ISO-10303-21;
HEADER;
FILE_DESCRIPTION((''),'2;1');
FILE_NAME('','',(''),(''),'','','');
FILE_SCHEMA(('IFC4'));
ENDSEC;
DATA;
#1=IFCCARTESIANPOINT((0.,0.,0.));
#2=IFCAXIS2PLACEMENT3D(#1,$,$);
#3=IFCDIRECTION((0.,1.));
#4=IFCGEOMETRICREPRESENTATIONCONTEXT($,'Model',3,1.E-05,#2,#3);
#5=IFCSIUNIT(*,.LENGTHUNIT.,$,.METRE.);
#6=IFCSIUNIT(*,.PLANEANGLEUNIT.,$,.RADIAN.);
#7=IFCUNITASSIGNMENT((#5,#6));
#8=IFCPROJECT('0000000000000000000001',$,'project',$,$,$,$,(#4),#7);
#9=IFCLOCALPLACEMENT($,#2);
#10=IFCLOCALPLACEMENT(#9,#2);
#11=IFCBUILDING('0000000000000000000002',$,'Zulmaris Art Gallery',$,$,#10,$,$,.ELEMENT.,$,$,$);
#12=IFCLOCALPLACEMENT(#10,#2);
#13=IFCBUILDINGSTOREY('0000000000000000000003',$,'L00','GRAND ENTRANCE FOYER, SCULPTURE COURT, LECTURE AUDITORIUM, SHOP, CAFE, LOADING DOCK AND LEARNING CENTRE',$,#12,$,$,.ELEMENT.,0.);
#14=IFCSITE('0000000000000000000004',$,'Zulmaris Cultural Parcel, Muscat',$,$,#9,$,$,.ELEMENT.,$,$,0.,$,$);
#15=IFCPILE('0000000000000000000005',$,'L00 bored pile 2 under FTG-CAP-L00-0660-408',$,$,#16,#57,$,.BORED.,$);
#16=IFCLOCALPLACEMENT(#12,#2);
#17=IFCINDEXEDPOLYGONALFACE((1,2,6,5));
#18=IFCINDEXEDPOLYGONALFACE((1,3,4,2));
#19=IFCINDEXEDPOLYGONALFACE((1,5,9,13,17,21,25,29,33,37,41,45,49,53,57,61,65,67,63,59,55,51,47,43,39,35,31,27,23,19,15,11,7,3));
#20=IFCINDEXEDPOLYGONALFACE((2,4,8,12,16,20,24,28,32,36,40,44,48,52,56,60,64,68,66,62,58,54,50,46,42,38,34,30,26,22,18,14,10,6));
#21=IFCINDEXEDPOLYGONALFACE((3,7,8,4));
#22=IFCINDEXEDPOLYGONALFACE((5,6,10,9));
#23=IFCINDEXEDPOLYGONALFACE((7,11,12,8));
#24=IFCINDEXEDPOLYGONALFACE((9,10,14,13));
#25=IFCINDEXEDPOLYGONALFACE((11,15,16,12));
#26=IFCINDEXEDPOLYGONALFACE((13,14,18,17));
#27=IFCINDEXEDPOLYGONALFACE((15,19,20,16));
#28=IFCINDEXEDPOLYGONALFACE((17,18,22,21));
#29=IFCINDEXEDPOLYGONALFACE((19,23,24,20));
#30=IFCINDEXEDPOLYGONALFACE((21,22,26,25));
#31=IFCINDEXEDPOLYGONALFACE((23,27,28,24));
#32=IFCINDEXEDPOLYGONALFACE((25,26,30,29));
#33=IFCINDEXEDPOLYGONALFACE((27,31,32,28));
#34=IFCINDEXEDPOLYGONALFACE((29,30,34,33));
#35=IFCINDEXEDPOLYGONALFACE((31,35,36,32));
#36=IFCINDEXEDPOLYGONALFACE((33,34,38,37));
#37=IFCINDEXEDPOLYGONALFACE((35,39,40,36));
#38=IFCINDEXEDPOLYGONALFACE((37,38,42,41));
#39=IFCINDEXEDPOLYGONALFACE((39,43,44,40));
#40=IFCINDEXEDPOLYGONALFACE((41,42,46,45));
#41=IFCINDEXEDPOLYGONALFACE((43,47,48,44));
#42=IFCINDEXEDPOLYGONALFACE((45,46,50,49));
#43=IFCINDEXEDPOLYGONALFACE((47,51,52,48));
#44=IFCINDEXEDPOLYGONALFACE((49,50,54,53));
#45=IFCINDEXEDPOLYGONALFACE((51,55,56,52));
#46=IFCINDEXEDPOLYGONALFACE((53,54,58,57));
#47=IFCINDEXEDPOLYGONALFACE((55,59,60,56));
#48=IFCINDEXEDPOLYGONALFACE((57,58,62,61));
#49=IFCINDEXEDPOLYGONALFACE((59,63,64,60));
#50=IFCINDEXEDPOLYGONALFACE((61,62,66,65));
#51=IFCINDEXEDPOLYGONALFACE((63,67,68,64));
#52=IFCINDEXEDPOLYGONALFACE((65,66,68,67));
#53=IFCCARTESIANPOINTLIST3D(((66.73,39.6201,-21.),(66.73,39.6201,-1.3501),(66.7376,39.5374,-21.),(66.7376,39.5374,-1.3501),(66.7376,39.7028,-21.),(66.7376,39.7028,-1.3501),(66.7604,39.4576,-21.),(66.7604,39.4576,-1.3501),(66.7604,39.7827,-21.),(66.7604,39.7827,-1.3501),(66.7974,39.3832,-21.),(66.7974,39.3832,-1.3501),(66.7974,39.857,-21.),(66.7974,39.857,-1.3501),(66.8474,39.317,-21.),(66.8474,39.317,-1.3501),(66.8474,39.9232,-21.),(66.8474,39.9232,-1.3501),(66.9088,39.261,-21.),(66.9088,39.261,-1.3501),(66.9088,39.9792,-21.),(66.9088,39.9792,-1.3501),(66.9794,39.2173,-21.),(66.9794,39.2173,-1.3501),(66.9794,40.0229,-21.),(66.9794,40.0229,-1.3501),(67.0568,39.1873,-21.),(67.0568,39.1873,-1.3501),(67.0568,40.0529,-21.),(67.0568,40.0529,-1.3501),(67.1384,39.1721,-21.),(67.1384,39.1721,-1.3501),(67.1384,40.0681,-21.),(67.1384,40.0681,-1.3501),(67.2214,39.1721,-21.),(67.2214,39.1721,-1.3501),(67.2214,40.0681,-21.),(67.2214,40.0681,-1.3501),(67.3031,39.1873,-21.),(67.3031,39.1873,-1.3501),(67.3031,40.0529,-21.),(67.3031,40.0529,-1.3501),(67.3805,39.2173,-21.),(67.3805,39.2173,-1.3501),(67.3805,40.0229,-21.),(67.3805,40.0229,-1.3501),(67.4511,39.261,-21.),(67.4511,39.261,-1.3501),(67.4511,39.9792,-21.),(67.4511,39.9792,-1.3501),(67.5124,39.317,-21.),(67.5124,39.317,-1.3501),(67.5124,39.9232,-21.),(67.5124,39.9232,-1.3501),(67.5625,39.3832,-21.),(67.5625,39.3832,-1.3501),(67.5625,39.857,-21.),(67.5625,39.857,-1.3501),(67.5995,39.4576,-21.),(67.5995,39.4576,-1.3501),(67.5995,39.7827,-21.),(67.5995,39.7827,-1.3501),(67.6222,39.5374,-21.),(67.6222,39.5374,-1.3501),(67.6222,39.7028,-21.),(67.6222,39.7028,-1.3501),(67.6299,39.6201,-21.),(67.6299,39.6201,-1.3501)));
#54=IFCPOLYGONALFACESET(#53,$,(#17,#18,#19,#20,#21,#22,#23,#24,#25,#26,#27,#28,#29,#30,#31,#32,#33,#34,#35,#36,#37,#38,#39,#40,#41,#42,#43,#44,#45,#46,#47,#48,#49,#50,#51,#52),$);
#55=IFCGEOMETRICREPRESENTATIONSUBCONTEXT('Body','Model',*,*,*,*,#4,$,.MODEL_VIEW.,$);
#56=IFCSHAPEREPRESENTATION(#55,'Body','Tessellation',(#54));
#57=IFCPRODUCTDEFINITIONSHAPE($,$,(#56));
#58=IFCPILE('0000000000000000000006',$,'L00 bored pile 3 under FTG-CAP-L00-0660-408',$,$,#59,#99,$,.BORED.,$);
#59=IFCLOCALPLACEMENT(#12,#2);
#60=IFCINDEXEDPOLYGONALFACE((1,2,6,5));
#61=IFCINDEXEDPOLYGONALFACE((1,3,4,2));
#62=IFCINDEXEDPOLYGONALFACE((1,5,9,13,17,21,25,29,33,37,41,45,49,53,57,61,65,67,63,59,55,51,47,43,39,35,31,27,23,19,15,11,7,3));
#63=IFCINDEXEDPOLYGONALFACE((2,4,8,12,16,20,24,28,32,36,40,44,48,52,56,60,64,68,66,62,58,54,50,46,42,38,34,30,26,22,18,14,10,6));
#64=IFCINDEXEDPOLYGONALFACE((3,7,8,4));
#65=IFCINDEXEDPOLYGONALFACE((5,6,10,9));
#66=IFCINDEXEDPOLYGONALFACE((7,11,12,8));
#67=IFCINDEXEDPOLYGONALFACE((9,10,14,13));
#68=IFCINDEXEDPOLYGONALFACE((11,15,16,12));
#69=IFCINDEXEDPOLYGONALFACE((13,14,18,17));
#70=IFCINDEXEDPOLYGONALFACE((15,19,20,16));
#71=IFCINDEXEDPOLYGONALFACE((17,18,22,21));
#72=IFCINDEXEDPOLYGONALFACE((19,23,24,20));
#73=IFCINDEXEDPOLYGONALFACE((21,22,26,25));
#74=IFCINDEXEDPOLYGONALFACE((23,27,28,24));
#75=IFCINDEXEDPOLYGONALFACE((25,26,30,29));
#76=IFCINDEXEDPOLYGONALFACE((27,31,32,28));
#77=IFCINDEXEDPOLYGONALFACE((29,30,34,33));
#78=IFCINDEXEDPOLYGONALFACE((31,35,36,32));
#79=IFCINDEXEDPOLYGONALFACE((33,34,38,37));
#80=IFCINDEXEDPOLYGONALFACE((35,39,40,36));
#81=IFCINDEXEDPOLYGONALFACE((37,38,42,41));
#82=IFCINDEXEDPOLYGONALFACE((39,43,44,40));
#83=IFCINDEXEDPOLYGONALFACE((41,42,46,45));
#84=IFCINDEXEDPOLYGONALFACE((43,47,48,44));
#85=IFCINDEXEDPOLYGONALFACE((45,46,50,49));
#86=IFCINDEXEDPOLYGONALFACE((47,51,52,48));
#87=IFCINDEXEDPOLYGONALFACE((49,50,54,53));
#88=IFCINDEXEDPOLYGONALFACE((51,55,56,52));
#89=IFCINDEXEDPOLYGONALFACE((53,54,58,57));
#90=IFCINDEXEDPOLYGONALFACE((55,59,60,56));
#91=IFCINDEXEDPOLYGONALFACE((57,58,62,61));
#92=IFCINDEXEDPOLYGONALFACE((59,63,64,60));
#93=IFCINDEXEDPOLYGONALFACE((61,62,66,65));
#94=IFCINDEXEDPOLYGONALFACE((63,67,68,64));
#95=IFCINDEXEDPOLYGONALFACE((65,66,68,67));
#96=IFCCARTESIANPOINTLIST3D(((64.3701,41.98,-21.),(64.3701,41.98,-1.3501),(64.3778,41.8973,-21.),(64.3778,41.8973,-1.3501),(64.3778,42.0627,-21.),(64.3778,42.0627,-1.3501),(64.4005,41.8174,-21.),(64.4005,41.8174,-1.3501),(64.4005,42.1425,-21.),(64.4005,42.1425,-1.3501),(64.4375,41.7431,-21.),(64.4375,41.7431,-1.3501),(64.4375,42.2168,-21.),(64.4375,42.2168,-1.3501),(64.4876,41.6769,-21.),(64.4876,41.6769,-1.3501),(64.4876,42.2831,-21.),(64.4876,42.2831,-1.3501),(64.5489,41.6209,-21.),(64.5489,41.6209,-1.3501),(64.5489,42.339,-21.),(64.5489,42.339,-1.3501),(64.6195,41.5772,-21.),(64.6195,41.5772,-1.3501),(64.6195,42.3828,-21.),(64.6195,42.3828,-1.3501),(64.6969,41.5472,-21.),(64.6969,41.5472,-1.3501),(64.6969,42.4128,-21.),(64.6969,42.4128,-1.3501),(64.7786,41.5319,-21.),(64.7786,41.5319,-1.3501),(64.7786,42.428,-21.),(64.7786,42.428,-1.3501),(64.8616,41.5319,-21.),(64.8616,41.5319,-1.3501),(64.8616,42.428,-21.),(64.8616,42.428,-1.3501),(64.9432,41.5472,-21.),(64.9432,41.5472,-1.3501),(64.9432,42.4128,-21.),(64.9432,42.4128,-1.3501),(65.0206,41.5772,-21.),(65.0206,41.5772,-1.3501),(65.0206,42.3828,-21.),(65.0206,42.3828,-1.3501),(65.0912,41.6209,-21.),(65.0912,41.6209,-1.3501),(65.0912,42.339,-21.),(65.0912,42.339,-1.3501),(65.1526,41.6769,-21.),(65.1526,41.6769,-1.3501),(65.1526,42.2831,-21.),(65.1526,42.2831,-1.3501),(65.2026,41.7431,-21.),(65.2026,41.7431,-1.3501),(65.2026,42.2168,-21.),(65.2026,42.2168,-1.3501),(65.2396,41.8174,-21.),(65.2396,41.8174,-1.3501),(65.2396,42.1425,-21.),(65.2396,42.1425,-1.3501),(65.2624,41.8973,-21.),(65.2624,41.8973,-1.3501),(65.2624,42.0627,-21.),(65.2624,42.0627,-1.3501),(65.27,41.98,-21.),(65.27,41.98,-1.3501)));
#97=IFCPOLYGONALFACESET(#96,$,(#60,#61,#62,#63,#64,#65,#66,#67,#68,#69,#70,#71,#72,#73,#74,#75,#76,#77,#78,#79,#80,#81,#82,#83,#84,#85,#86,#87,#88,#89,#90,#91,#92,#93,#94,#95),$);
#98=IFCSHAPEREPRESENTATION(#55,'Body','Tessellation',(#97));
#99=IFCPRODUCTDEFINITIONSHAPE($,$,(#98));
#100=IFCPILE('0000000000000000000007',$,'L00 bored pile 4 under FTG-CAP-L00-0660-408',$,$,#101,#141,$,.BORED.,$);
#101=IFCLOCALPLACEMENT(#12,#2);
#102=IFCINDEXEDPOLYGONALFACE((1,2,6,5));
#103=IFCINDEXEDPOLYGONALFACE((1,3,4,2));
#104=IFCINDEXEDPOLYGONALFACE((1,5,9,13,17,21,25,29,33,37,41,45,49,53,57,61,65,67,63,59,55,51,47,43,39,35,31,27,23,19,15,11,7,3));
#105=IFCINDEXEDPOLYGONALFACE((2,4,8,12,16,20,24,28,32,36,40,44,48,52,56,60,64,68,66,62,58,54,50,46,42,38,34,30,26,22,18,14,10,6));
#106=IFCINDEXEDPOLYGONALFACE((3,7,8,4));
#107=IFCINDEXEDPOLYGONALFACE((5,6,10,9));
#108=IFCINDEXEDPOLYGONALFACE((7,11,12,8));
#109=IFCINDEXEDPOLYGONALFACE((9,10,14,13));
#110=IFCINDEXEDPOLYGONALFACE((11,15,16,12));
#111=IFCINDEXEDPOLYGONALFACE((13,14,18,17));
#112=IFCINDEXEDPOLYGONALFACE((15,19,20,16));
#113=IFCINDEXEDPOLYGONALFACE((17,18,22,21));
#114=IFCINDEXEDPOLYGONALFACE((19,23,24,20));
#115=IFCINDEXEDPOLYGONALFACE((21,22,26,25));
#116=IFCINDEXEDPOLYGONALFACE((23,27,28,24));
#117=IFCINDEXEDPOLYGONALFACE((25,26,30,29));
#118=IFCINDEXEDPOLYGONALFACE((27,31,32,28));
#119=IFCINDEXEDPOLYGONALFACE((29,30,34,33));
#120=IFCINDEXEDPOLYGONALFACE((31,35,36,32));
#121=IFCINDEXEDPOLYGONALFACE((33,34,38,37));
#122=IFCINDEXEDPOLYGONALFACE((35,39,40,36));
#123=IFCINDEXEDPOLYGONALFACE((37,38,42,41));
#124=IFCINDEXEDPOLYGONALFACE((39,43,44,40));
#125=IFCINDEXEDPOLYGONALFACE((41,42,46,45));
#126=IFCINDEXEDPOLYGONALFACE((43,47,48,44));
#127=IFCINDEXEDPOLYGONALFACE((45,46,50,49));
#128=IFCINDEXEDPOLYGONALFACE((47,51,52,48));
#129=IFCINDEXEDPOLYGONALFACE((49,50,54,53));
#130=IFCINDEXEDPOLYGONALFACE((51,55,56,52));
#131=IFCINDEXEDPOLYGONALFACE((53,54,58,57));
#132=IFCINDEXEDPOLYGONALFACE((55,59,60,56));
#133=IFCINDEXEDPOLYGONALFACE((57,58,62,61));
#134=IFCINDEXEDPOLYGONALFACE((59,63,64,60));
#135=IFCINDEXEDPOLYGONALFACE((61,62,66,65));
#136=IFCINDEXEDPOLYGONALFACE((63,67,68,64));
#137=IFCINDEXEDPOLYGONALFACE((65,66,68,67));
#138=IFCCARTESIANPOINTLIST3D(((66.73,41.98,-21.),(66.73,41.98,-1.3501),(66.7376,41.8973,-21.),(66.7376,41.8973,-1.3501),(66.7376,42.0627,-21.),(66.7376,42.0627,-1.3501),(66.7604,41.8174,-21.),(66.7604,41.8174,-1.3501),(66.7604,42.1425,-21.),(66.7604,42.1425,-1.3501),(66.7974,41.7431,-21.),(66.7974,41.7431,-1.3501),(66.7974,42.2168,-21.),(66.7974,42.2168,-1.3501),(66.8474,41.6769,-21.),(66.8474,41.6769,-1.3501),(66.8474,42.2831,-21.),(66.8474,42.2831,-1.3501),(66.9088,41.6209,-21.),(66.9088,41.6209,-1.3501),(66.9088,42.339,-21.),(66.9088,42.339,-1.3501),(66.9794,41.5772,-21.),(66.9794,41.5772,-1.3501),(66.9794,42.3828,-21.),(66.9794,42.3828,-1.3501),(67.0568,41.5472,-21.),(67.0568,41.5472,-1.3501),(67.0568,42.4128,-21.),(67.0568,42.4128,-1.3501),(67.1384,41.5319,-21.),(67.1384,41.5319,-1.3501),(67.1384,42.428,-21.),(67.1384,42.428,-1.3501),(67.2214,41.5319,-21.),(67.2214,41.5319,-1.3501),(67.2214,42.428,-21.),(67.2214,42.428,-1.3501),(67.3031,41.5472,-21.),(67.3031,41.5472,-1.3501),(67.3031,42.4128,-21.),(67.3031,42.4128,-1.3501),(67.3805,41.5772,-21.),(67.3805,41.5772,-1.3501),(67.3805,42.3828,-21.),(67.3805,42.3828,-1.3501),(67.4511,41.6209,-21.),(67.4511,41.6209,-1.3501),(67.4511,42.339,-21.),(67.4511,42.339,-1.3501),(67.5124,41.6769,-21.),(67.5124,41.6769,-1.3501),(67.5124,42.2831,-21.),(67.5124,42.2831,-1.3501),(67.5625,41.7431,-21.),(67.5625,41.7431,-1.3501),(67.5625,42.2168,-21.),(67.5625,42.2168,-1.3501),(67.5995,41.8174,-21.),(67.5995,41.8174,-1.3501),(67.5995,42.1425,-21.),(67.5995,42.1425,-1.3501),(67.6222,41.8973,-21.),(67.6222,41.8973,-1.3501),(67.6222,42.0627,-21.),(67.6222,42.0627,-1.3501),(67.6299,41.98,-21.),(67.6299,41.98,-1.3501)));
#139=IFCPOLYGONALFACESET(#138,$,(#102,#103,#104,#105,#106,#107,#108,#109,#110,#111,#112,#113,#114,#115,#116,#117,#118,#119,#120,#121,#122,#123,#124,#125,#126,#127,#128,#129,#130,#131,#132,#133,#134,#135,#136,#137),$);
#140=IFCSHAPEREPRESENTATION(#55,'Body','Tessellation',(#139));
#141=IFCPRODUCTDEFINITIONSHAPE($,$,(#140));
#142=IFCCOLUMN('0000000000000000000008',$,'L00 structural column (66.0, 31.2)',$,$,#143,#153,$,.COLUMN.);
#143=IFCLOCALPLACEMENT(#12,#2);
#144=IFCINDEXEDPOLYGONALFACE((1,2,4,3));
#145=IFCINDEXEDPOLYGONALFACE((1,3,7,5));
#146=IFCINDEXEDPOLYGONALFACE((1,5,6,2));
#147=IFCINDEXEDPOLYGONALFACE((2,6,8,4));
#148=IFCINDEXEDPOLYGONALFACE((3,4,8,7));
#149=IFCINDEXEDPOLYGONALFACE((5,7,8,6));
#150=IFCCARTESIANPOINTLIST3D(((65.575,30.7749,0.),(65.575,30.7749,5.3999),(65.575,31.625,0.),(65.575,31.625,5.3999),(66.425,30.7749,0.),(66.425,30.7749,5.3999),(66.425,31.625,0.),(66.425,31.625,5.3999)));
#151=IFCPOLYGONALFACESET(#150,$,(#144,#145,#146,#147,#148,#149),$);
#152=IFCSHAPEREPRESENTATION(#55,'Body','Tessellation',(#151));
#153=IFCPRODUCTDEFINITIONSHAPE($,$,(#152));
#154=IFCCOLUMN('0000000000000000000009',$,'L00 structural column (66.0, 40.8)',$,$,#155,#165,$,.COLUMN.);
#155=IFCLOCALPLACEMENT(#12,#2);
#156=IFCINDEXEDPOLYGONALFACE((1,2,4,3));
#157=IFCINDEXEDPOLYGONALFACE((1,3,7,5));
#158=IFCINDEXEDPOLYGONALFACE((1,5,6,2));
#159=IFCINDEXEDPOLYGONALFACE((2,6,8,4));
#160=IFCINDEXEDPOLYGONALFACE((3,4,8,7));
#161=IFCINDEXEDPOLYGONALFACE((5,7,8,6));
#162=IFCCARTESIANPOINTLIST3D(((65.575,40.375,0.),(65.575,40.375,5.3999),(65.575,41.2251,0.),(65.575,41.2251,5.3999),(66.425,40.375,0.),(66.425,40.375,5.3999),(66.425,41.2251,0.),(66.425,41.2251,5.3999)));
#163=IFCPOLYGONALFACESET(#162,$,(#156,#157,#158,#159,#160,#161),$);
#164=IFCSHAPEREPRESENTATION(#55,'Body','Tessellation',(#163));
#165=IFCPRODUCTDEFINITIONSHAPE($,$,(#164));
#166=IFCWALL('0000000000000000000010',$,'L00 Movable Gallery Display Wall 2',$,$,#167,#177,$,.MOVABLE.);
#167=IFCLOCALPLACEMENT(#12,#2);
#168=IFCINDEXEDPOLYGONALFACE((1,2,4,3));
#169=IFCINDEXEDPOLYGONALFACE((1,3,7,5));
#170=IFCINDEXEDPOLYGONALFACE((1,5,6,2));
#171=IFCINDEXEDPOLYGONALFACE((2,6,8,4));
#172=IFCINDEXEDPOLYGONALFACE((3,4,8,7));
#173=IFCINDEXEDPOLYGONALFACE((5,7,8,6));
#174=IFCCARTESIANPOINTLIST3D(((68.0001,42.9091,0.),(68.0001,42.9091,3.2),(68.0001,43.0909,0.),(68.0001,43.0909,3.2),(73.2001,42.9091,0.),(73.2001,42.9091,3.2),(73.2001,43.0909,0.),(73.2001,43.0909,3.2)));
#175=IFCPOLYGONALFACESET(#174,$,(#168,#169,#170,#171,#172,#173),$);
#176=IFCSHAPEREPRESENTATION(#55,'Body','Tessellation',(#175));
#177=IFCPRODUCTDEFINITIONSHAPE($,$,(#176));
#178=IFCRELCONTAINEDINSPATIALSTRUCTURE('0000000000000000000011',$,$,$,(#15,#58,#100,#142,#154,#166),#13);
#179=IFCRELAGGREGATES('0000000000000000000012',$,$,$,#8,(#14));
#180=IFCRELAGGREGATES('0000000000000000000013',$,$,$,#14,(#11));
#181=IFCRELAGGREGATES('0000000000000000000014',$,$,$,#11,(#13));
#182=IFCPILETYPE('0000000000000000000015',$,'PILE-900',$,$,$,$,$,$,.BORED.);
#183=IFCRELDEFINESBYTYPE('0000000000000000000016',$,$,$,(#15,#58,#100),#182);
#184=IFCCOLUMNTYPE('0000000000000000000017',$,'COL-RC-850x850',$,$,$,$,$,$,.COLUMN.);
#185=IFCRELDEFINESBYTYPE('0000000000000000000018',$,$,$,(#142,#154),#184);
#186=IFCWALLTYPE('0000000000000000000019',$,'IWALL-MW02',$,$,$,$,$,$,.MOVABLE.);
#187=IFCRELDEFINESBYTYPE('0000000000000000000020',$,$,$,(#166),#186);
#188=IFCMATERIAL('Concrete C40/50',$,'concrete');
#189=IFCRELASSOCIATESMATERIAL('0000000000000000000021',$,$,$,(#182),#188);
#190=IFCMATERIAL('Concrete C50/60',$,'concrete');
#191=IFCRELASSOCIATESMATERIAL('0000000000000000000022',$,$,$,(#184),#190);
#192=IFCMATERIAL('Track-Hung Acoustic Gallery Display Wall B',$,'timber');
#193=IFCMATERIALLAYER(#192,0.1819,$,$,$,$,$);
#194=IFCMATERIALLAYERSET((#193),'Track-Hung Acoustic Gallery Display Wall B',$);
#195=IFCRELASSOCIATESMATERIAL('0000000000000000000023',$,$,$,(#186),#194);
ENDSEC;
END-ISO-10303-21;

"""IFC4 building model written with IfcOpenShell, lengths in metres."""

from ifc_helpers import new_model, si_unit, direction, frame, frame_2d, origin, origin_2d, place, context, subcontext, project, spatial, rectangle, circle, extrude, material, layer, layer_set, material_profile, profile_set, type_object, element, save


model = new_model("IFC4")

# Units and contexts
model_context = context("Model", 3, precision=1e-05, world=origin(), true_north=direction((0.0, 1.0)))
body_context = subcontext(model_context, "Body", "Model", "MODEL_VIEW")
ifc_project = project(units=[si_unit("LENGTHUNIT", "METRE"), si_unit("PLANEANGLEUNIT", "RADIAN")], contexts=[model_context])

# Site, building, storey
site_placement = place(None, origin())
site = spatial("IfcSite", under=ifc_project, at=site_placement, Name="Zulmaris Cultural Parcel, Muscat", CompositionType="ELEMENT", RefElevation=0.0)
building_placement = place(site_placement, origin())
building = spatial("IfcBuilding", under=site, at=building_placement, Name="Zulmaris Art Gallery", CompositionType="ELEMENT")
storey_placement = place(building_placement, origin())
storey = spatial("IfcBuildingStorey", under=building, at=storey_placement, Name="L00", Description="GRAND ENTRANCE FOYER, SCULPTURE COURT, LECTURE AUDITORIUM, SHOP, CAFE, LOADING DOCK AND LEARNING CENTRE", CompositionType="ELEMENT", Elevation=0.0)

# Piles
ifc_material_1 = material(Name="Concrete C40/50", Category="concrete")
ifc_material_profile_1 = material_profile(ifc_material_1, circle(Radius=0.45, at=origin_2d()), Name="PILE DIA 900")
ifc_profile_set_1 = profile_set([ifc_material_profile_1], Name="Concrete C40/50")
pile_type_1 = type_object("IfcPileType", Name="PILE-900", PredefinedType="BORED", material=ifc_profile_set_1)
for number, where, z_axis, x_axis, name in (
    (1, (67.1799, 39.6201, -1.3501), (0.0, 0.0, -1.0), (1.0, 0.0, 0.0), "L00 bored pile 2 under FTG-CAP-L00-0660-408"),
    (2, (64.8201, 41.98, -1.3501), (0.0, 0.0, -1.0), (1.0, 0.0, 0.0), "L00 bored pile 3 under FTG-CAP-L00-0660-408"),
    (3, (67.1799, 41.98, -1.3501), (0.0, 0.0, -1.0), (1.0, 0.0, 0.0), "L00 bored pile 4 under FTG-CAP-L00-0660-408"),
):
    element("IfcPile", number, at=place(storey_placement, frame(where, z_axis=z_axis, x_axis=x_axis)), inside=storey, type_object=pile_type_1, Name=name, PredefinedType="BORED", context=body_context, shape_type="SweptSolid", body=[
        extrude(circle(Radius=0.45, at=origin_2d()), origin(), (0.0, 0.0, 1.0), 19.6499),
    ])

# Columns
ifc_material_2 = material(Name="Concrete C50/60", Category="concrete")
ifc_material_profile_2 = material_profile(ifc_material_2, rectangle(XDim=0.8501, YDim=0.8501, at=origin_2d()), Name="RC 850x850")
ifc_profile_set_2 = profile_set([ifc_material_profile_2], Name="Concrete C50/60")
column_type = type_object("IfcColumnType", Name="COL-RC-850x850", PredefinedType="COLUMN", material=ifc_profile_set_2)
for number, where, z_axis, x_axis, name in (
    (4, (66.0, 31.2, 0.0), (0.0, 0.0, 1.0), (1.0, 0.0, 0.0), "L00 structural column (66.0, 31.2)"),
    (5, (66.0, 40.8, 0.0), (0.0, 0.0, 1.0), (1.0, 0.0, 0.0), "L00 structural column (66.0, 40.8)"),
):
    element("IfcColumn", number, at=place(storey_placement, frame(where, z_axis=z_axis, x_axis=x_axis)), inside=storey, type_object=column_type, Name=name, PredefinedType="COLUMN", context=body_context, shape_type="SweptSolid", body=[
        extrude(rectangle(XDim=0.8501, YDim=0.8501, at=origin_2d()), origin(), (0.0, 0.0, 1.0), 5.3999),
    ])

# Wall
ifc_material_3 = material(Name="Track-Hung Acoustic Gallery Display Wall B", Category="timber")
ifc_layer_1 = layer(ifc_material_3, 0.1819)
ifc_layer_set_1 = layer_set([ifc_layer_1], Name="Track-Hung Acoustic Gallery Display Wall B")
wall_type_1 = type_object("IfcWallType", Name="IWALL-MW02", PredefinedType="MOVABLE", material=ifc_layer_set_1)
wall_1_placement = place(storey_placement, frame((68.0, 43.0, 0.0), z_axis=(0.0, 0.0, 1.0), x_axis=(1.0, 0.0, 0.0)))
element("IfcWall", 6, at=wall_1_placement, inside=storey, type_object=wall_type_1, Name="L00 Movable Gallery Display Wall 2", PredefinedType="MOVABLE", context=body_context, shape_type="SweptSolid", body=[
    extrude(rectangle(XDim=5.2, YDim=0.1819, at=frame_2d((2.6001, 0.0))), origin(), (0.0, 0.0, 1.0), 3.2),
])

save(model, "model.ifc")
